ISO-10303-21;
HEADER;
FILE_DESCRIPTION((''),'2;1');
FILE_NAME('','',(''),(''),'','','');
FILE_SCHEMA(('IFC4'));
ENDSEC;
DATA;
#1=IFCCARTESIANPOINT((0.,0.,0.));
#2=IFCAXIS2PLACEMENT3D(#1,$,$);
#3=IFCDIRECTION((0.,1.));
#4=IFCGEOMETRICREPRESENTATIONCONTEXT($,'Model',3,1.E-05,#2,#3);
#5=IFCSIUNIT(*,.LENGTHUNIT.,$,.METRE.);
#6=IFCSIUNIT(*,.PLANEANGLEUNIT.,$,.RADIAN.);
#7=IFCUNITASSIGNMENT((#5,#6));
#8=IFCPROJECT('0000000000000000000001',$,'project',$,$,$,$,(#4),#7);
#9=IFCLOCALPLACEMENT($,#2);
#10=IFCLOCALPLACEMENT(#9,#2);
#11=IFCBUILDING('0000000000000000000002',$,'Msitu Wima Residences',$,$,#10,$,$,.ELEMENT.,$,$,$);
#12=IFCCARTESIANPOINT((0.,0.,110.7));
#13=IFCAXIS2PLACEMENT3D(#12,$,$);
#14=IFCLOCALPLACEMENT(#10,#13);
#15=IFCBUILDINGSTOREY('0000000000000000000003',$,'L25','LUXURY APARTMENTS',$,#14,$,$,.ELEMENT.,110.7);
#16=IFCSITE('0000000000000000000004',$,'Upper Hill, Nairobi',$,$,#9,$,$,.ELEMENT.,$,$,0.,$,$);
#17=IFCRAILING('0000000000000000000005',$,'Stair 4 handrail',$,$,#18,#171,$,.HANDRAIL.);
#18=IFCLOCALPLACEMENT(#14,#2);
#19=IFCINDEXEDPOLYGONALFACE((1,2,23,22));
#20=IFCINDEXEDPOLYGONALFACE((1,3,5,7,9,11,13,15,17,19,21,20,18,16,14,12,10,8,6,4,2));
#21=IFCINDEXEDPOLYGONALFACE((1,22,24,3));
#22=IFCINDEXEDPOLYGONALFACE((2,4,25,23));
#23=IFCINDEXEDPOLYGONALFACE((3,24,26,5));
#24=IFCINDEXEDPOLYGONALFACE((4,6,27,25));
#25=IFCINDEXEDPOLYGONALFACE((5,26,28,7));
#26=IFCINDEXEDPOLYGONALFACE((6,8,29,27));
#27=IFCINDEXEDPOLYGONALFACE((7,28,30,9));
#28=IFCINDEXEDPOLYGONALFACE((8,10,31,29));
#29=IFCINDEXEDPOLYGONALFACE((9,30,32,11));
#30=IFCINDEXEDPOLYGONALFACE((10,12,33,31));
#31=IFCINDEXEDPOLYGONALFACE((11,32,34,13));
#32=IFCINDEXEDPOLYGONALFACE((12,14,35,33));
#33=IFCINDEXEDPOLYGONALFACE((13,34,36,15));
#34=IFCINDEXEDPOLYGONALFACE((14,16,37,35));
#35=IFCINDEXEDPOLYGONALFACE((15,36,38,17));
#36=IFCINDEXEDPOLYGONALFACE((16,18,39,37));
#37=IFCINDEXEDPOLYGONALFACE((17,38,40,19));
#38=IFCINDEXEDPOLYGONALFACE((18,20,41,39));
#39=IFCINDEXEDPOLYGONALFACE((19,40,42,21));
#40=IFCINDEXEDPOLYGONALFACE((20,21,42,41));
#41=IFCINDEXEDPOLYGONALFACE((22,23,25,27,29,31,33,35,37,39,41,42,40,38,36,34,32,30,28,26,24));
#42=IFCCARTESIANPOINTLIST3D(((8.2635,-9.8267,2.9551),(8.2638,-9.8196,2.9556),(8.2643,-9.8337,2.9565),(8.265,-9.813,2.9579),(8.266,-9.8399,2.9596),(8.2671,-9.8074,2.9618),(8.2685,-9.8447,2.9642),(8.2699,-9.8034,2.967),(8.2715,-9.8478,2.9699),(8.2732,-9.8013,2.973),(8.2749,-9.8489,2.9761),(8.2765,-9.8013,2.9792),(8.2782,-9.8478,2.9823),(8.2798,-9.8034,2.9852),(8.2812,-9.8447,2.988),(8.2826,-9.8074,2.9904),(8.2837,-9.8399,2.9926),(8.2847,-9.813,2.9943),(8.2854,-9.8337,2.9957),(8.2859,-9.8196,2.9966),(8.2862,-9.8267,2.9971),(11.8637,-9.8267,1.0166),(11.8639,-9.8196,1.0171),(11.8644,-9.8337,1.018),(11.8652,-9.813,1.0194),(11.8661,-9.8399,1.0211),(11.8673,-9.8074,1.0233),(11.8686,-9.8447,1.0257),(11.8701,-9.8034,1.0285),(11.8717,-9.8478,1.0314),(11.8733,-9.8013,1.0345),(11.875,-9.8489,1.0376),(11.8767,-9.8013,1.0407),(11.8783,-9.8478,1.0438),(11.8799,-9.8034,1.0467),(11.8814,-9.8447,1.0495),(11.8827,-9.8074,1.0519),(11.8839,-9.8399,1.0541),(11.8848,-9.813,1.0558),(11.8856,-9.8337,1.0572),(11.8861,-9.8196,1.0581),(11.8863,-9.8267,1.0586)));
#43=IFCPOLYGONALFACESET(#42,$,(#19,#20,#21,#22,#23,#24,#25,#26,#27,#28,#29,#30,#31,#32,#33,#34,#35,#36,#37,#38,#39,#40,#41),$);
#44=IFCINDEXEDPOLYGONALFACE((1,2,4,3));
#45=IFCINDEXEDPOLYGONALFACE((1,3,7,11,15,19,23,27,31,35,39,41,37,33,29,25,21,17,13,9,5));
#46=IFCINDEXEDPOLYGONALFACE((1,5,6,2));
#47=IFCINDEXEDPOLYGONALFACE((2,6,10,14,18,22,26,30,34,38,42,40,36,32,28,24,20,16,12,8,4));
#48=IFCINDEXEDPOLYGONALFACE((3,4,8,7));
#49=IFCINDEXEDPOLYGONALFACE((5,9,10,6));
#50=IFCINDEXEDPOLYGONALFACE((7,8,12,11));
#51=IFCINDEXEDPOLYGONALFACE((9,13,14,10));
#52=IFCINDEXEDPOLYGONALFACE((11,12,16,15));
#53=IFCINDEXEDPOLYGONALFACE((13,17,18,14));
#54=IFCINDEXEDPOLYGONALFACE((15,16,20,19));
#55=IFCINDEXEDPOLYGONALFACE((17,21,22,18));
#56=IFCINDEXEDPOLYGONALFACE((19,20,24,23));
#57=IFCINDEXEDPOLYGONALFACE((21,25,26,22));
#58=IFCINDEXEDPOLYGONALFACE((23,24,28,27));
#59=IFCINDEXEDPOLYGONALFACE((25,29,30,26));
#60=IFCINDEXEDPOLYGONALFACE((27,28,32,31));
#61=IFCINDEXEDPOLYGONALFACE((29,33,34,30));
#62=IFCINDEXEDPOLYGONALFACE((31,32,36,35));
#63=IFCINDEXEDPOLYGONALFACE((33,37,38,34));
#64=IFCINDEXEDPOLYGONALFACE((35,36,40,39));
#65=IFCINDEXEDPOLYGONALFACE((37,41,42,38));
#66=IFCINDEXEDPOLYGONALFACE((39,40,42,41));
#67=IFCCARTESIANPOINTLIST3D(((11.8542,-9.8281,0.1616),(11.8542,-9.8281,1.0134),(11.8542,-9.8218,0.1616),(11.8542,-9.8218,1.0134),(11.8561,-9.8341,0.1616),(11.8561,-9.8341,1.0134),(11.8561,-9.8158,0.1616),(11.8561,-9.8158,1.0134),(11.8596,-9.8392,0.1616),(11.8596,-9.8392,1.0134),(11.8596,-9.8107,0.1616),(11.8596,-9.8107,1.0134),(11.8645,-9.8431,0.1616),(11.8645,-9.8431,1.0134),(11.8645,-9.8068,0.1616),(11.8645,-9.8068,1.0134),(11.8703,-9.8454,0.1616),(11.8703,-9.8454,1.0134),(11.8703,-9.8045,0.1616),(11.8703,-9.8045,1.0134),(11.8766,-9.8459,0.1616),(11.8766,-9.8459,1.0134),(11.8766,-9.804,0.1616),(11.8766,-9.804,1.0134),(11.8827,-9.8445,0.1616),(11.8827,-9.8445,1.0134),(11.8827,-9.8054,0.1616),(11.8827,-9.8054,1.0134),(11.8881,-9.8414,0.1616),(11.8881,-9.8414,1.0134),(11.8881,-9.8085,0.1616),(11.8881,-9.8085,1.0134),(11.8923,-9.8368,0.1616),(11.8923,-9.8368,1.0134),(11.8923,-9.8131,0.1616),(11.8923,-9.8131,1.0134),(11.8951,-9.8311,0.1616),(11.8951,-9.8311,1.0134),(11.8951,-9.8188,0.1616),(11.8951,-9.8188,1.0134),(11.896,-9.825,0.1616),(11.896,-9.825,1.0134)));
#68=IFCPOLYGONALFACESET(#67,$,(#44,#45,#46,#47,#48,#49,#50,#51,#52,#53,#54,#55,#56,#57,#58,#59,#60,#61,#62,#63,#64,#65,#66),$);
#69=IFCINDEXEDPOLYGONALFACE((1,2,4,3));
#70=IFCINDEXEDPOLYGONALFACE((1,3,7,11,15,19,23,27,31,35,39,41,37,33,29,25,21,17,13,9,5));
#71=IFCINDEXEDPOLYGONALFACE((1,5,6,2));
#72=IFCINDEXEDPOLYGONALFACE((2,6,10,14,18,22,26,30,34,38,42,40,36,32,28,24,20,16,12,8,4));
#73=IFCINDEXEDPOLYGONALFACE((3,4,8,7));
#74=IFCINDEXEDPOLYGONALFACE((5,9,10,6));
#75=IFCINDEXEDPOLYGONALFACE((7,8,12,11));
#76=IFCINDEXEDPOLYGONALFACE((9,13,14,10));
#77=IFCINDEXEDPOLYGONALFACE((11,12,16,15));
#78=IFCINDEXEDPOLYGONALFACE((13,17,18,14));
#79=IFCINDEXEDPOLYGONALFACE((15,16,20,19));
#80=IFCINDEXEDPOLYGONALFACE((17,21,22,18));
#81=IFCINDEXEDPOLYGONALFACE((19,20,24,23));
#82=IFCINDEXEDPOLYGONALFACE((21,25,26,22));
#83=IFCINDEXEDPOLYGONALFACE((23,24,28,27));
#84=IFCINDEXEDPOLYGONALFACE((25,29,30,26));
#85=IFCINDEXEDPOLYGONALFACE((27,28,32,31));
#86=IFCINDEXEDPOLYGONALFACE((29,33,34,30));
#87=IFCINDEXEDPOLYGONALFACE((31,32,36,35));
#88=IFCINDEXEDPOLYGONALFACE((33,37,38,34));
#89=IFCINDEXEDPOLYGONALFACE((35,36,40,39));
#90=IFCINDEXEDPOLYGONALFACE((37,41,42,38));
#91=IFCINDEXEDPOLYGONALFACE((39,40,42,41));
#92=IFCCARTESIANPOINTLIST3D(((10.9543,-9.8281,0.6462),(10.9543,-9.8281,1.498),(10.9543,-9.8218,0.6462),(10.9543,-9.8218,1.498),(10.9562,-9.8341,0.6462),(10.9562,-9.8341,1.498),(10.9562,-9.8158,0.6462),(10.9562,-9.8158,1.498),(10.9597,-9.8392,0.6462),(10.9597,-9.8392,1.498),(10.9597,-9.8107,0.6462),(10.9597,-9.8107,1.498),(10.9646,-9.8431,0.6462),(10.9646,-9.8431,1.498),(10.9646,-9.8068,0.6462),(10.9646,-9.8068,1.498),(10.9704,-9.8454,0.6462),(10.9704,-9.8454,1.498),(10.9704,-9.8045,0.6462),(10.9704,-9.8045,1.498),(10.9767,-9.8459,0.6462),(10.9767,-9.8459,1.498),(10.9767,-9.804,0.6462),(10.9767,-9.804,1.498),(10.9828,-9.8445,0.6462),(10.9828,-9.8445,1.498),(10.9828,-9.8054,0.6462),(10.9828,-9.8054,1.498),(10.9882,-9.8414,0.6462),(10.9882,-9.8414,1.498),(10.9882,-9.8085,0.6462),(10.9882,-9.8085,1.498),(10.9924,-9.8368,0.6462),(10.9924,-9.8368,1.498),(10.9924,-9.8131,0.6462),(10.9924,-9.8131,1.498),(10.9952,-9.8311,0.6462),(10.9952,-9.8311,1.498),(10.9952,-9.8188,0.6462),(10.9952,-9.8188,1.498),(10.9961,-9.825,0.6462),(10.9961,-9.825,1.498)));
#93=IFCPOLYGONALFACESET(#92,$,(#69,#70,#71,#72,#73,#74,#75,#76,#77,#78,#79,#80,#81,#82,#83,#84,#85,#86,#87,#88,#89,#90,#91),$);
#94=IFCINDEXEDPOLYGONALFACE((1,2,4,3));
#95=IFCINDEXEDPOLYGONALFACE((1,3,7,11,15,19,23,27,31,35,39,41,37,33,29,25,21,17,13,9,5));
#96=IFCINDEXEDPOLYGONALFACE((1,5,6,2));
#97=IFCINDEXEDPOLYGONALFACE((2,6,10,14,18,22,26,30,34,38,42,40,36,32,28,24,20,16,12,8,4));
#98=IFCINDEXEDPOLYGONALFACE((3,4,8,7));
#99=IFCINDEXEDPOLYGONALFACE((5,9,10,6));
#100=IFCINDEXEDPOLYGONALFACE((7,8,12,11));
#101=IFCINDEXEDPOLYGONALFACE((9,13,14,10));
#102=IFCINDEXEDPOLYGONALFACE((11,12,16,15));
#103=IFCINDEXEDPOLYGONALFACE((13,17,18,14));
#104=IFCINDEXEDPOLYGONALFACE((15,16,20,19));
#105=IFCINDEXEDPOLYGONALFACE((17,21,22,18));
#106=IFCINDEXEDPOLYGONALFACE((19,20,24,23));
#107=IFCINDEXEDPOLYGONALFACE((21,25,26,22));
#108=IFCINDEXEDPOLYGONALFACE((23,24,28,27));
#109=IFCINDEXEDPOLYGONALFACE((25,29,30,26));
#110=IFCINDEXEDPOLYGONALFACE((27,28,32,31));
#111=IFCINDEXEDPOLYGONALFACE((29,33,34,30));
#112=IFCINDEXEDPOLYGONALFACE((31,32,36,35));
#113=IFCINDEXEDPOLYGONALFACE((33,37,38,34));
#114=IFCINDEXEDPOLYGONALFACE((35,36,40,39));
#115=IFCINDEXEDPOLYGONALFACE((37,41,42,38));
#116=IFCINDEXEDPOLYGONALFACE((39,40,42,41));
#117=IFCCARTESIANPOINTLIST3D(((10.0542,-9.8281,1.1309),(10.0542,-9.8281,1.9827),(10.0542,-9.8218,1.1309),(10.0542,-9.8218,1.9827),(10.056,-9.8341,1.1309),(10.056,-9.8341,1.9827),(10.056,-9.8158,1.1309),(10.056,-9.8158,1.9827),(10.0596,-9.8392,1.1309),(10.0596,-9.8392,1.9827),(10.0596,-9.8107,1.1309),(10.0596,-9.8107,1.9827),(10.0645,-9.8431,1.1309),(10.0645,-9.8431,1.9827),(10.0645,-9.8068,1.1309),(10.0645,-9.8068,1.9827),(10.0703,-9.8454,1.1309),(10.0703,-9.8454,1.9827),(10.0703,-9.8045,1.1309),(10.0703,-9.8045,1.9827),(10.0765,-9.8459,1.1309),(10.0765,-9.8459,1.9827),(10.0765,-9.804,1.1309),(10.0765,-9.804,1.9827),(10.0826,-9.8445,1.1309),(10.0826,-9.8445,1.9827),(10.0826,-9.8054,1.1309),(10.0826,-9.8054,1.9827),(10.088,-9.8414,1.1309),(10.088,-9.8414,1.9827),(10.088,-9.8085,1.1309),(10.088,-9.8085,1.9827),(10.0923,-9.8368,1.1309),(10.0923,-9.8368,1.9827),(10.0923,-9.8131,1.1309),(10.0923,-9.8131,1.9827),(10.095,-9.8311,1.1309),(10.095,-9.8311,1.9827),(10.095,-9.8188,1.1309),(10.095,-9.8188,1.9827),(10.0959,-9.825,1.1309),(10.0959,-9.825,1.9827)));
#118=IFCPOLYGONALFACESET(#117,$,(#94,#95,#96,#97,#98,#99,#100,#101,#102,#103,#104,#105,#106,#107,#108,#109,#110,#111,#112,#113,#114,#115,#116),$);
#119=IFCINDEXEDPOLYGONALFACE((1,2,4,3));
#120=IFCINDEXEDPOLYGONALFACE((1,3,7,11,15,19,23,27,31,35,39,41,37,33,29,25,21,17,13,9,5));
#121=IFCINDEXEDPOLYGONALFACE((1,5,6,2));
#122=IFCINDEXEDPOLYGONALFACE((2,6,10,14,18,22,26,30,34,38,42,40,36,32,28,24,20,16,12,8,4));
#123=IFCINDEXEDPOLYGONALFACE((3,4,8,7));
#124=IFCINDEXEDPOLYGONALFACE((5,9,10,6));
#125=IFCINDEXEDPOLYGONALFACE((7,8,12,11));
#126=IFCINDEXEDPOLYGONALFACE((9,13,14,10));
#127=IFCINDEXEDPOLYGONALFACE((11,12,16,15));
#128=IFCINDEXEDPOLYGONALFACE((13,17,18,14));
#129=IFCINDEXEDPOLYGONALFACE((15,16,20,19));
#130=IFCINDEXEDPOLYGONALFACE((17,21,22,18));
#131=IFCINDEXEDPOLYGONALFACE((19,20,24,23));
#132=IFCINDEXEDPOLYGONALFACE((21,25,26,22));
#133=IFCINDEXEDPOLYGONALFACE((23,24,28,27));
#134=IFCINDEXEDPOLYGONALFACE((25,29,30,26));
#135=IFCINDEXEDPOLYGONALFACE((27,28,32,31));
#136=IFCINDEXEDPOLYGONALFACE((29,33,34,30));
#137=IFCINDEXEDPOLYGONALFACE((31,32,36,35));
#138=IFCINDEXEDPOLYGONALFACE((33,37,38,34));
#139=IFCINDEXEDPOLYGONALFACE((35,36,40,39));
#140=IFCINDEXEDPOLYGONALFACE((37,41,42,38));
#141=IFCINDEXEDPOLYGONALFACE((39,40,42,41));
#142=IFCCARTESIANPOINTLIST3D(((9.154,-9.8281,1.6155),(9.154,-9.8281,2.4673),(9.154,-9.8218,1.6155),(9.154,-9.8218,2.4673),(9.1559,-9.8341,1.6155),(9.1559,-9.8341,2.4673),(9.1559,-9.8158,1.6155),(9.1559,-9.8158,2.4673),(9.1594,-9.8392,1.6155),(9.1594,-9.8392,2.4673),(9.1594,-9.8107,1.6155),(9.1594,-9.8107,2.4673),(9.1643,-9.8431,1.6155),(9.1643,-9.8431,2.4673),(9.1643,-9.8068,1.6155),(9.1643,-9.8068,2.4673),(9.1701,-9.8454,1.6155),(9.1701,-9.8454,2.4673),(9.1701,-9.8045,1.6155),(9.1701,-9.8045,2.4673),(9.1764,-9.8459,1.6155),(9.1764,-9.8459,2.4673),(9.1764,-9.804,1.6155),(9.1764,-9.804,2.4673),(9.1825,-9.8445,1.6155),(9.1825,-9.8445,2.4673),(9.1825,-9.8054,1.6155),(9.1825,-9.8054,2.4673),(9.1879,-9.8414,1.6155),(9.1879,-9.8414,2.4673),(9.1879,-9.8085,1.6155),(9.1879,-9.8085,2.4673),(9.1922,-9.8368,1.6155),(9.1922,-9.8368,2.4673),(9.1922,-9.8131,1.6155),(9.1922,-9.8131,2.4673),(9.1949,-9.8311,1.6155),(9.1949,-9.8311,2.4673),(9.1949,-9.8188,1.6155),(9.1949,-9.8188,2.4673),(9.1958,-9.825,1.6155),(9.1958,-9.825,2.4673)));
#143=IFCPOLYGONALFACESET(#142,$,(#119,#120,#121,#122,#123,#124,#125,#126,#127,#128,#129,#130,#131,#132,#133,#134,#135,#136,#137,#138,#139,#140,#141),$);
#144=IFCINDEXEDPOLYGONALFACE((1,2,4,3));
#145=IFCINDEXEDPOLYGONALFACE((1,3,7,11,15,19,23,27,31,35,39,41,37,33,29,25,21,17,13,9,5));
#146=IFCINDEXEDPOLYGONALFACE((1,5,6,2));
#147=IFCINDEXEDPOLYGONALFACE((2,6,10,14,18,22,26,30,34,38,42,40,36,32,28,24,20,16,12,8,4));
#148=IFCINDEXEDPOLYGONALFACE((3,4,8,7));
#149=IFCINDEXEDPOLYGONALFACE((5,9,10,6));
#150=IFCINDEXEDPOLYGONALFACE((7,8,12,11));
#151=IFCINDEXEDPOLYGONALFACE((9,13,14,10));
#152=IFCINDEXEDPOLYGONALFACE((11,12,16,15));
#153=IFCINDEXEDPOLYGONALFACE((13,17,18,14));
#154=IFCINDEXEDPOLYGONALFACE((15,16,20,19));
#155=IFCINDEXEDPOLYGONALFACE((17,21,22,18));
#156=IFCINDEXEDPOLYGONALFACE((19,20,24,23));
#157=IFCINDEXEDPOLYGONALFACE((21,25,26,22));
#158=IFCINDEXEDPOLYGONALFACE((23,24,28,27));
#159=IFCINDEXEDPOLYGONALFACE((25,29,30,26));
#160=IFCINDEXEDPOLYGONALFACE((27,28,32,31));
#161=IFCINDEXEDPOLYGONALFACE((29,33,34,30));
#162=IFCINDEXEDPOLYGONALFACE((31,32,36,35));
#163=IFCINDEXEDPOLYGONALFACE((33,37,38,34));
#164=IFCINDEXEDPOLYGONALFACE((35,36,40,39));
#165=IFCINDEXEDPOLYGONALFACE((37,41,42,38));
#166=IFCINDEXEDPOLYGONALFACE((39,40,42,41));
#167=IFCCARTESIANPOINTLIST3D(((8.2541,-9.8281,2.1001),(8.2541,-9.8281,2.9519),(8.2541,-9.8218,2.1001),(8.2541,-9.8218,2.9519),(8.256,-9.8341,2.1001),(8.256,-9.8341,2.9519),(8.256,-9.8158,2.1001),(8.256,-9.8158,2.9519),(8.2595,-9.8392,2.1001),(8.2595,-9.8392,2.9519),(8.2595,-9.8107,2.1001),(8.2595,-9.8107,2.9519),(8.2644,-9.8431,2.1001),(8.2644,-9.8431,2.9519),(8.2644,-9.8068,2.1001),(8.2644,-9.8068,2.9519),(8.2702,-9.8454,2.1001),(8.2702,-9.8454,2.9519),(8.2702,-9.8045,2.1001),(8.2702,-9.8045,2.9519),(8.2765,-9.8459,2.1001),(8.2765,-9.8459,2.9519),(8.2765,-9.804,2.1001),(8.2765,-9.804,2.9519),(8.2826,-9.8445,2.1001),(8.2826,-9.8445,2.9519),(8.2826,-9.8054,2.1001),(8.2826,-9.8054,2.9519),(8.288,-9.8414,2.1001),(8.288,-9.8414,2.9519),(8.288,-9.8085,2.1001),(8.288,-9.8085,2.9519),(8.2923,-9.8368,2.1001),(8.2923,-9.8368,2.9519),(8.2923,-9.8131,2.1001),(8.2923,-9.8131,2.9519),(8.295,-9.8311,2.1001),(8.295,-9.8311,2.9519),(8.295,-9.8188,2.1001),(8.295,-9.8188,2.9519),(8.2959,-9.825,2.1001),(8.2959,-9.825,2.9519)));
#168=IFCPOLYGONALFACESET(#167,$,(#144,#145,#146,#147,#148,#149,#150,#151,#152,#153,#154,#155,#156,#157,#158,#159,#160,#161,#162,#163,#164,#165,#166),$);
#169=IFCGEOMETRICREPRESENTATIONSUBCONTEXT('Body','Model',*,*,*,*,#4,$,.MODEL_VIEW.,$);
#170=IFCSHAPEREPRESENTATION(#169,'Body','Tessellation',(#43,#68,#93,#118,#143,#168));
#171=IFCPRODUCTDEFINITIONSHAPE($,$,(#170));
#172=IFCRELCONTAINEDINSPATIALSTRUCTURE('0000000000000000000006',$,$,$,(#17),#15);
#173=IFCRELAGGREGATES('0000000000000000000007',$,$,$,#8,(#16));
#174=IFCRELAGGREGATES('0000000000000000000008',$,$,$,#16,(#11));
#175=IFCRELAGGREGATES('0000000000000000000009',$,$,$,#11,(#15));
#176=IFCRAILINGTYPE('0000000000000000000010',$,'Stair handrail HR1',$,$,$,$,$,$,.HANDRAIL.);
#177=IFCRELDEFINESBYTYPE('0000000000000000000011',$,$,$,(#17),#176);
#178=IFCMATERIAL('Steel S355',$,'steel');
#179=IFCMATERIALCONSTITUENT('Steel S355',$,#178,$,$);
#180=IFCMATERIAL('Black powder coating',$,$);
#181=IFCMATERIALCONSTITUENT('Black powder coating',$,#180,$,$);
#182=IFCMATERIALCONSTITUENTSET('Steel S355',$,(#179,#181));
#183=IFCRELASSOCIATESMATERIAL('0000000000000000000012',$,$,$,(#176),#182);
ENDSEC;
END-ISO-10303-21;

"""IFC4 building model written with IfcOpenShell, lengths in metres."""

from ifc_helpers import new_model, si_unit, direction, frame, origin, origin_2d, place, context, subcontext, project, spatial, circle, extrude, material, constituent, constituent_set, type_object, element, save


model = new_model("IFC4")

# Units and contexts
model_context = context("Model", 3, precision=1e-05, world=origin(), true_north=direction((0.0, 1.0)))
body_context = subcontext(model_context, "Body", "Model", "MODEL_VIEW")
ifc_project = project(units=[si_unit("LENGTHUNIT", "METRE"), si_unit("PLANEANGLEUNIT", "RADIAN")], contexts=[model_context])

# Site, building, storey
site_placement = place(None, origin())
site = spatial("IfcSite", under=ifc_project, at=site_placement, Name="Upper Hill, Nairobi", CompositionType="ELEMENT", RefElevation=0.0)
building_placement = place(site_placement, origin())
building = spatial("IfcBuilding", under=site, at=building_placement, Name="Msitu Wima Residences", CompositionType="ELEMENT")
storey_placement = place(building_placement, frame((0.0, 0.0, 110.7)))
storey = spatial("IfcBuildingStorey", under=building, at=storey_placement, Name="L25", Description="LUXURY APARTMENTS", CompositionType="ELEMENT", Elevation=110.7)

# Railing
ifc_material_1 = material(Name="Steel S355", Category="steel")
ifc_constituent_1 = constituent(ifc_material_1, Name="Steel S355")
ifc_material_2 = material(Name="Black powder coating")
ifc_constituent_2 = constituent(ifc_material_2, Name="Black powder coating")
ifc_constituent_set = constituent_set(constituents=[ifc_constituent_1, ifc_constituent_2], Name="Steel S355")
railing_type = type_object("IfcRailingType", Name="Stair handrail HR1", PredefinedType="HANDRAIL", material=ifc_constituent_set)
for number, where, name in (
    (1, (11.875, -9.825, 0.1616), "Stair 4 handrail"),
):
    element("IfcRailing", number, at=place(storey_placement, frame(where)), inside=storey, type_object=railing_type, Name=name, PredefinedType="HANDRAIL", context=body_context, shape_type="SweptSolid", body=[
        extrude(circle(Radius=0.0239, at=origin_2d()), frame((0.0, 0.0, 0.876), z_axis=(-0.880475, 0.0, 0.474093), x_axis=(0.0, -1.0, 0.0)), (0.0, 0.0, 1.0), 4.0889),
        extrude(circle(Radius=0.021, at=origin_2d()), origin(), (0.0, 0.0, 1.0), 0.8518),
        extrude(circle(Radius=0.021, at=origin_2d()), frame((-0.8999, 0.0, 0.4846)), (0.0, 0.0, 1.0), 0.8518),
        extrude(circle(Radius=0.021, at=origin_2d()), frame((-1.8, 0.0, 0.9692)), (0.0, 0.0, 1.0), 0.8518),
        extrude(circle(Radius=0.021, at=origin_2d()), frame((-2.7002, 0.0, 1.4539)), (0.0, 0.0, 1.0), 0.8518),
        extrude(circle(Radius=0.021, at=origin_2d()), frame((-3.6001, 0.0, 1.9385)), (0.0, 0.0, 1.0), 0.8518),
    ])

save(model, "model.ifc")
